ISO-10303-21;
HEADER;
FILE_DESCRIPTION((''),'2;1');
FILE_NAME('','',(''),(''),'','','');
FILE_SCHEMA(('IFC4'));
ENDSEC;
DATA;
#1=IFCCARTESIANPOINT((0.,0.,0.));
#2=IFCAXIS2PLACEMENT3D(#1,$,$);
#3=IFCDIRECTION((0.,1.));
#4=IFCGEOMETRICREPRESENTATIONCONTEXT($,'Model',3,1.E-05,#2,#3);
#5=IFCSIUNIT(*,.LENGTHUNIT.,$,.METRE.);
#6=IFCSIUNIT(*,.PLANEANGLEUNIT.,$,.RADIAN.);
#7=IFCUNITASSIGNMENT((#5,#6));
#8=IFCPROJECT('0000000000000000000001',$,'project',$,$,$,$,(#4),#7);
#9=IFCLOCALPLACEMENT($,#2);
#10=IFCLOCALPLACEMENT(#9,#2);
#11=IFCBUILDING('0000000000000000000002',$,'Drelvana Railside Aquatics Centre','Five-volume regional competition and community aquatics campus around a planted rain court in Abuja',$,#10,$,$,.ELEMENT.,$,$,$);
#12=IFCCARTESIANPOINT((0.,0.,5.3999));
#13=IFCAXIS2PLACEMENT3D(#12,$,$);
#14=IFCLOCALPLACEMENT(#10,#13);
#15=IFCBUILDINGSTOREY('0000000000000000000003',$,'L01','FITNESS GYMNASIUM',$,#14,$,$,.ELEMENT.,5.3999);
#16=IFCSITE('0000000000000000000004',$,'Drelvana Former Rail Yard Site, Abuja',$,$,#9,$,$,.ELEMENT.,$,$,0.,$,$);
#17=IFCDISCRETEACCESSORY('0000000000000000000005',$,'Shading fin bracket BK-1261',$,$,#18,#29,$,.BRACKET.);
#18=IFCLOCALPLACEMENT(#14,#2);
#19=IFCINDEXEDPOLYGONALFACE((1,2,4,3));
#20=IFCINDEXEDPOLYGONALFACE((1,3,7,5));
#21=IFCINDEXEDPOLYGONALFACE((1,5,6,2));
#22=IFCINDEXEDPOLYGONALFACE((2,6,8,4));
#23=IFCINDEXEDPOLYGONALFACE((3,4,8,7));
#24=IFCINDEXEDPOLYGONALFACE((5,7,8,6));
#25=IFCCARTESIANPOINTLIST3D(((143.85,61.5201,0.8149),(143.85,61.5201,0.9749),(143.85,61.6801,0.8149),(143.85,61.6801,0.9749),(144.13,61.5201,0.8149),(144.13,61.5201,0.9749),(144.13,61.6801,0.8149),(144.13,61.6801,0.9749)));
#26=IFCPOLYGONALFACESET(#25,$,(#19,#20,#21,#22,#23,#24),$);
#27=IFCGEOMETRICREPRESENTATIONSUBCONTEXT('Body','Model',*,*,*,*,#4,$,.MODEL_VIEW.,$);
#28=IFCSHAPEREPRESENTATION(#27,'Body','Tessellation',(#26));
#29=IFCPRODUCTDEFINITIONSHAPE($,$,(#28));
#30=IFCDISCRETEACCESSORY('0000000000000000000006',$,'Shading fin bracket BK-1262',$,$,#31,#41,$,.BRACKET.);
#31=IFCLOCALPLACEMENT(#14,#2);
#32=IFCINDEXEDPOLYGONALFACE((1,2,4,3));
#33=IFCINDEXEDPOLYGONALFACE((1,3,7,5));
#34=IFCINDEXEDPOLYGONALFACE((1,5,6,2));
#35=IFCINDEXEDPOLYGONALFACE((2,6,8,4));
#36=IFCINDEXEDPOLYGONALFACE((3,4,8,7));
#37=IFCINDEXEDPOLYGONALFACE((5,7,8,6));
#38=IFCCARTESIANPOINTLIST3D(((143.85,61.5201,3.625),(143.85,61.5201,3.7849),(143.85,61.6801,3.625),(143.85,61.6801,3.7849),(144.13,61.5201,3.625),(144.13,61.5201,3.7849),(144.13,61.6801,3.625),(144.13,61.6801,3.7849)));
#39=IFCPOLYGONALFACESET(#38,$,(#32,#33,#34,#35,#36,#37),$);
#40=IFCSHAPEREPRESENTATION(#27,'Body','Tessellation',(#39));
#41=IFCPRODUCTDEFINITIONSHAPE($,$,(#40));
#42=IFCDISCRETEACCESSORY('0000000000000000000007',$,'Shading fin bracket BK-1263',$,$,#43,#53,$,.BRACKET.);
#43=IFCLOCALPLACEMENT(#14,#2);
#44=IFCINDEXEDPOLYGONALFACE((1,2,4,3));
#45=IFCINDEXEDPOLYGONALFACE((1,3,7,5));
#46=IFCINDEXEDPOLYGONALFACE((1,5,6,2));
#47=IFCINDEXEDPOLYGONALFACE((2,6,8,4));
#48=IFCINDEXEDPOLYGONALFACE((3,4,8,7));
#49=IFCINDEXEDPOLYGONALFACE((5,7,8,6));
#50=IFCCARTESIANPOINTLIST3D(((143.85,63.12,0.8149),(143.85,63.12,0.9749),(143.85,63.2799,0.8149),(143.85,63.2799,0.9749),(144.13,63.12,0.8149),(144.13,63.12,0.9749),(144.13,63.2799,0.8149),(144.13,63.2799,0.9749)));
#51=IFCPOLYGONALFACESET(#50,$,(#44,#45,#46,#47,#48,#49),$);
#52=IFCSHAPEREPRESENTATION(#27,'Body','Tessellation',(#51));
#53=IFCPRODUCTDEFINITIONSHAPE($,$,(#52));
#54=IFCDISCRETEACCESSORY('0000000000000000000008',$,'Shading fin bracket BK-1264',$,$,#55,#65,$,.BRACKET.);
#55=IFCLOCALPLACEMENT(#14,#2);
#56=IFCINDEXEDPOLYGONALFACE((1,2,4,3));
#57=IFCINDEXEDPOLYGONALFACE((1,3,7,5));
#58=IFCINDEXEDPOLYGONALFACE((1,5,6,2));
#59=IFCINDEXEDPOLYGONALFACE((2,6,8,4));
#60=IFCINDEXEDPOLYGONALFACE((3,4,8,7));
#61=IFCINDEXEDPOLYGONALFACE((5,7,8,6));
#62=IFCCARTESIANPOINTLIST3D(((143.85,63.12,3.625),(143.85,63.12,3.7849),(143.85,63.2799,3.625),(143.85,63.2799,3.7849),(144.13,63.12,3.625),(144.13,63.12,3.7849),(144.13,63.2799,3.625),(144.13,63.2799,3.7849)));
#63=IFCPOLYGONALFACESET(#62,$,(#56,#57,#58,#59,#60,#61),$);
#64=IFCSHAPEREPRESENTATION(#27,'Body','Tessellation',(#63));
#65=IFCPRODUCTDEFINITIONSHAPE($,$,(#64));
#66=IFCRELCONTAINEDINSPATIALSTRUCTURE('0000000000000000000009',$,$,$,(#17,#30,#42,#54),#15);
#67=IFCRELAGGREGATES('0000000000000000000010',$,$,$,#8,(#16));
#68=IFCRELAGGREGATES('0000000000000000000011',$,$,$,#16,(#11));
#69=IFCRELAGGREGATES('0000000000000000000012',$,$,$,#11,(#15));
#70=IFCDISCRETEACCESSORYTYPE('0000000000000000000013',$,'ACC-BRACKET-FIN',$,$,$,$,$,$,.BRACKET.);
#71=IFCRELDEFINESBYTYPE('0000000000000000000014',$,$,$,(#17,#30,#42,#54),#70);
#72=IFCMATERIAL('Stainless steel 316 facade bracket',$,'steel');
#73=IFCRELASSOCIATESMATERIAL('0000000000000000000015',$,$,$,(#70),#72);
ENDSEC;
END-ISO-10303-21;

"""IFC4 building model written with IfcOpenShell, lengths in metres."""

from ifc_helpers import new_model, si_unit, direction, frame, origin, origin_2d, place, context, subcontext, project, spatial, rectangle, extrude, material, type_object, element, save


model = new_model("IFC4")

# Units and contexts
model_context = context("Model", 3, precision=1e-05, world=origin(), true_north=direction((0.0, 1.0)))
body_context = subcontext(model_context, "Body", "Model", "MODEL_VIEW")
ifc_project = project(units=[si_unit("LENGTHUNIT", "METRE"), si_unit("PLANEANGLEUNIT", "RADIAN")], contexts=[model_context])

# Site, building, storey
site_placement = place(None, origin())
site = spatial("IfcSite", under=ifc_project, at=site_placement, Name="Drelvana Former Rail Yard Site, Abuja", CompositionType="ELEMENT", RefElevation=0.0)
building_placement = place(site_placement, origin())
building = spatial("IfcBuilding", under=site, at=building_placement, Name="Drelvana Railside Aquatics Centre", Description="Five-volume regional competition and community aquatics campus around a planted rain court in Abuja", CompositionType="ELEMENT")
storey_placement = place(building_placement, frame((0.0, 0.0, 5.3999)))
storey = spatial("IfcBuildingStorey", under=building, at=storey_placement, Name="L01", Description="FITNESS GYMNASIUM", CompositionType="ELEMENT", Elevation=5.3999)

# Discrete accessories
ifc_material_1 = material(Name="Stainless steel 316 facade bracket", Category="steel")
discrete_accessory_type = type_object("IfcDiscreteAccessoryType", Name="ACC-BRACKET-FIN", PredefinedType="BRACKET", material=ifc_material_1)
for number, where, z_axis, x_axis, name in (
    (1, (143.99, 61.6001, 0.8149), (0.0, 0.0, 1.0), (-1.0, 0.0, 0.0), "Shading fin bracket BK-1261"),
    (2, (143.99, 61.6001, 3.625), (0.0, 0.0, 1.0), (-1.0, 0.0, 0.0), "Shading fin bracket BK-1262"),
    (3, (143.99, 63.2, 0.8149), (0.0, 0.0, 1.0), (-1.0, 0.0, 0.0), "Shading fin bracket BK-1263"),
    (4, (143.99, 63.2, 3.625), (0.0, 0.0, 1.0), (-1.0, 0.0, 0.0), "Shading fin bracket BK-1264"),
):
    element("IfcDiscreteAccessory", number, at=place(storey_placement, frame(where, z_axis=z_axis, x_axis=x_axis)), inside=storey, type_object=discrete_accessory_type, Name=name, PredefinedType="BRACKET", context=body_context, shape_type="SweptSolid", body=[
        extrude(rectangle(XDim=0.28, YDim=0.1599, at=origin_2d()), origin(), (0.0, 0.0, 1.0), 0.1599),
    ])

save(model, "model.ifc")
